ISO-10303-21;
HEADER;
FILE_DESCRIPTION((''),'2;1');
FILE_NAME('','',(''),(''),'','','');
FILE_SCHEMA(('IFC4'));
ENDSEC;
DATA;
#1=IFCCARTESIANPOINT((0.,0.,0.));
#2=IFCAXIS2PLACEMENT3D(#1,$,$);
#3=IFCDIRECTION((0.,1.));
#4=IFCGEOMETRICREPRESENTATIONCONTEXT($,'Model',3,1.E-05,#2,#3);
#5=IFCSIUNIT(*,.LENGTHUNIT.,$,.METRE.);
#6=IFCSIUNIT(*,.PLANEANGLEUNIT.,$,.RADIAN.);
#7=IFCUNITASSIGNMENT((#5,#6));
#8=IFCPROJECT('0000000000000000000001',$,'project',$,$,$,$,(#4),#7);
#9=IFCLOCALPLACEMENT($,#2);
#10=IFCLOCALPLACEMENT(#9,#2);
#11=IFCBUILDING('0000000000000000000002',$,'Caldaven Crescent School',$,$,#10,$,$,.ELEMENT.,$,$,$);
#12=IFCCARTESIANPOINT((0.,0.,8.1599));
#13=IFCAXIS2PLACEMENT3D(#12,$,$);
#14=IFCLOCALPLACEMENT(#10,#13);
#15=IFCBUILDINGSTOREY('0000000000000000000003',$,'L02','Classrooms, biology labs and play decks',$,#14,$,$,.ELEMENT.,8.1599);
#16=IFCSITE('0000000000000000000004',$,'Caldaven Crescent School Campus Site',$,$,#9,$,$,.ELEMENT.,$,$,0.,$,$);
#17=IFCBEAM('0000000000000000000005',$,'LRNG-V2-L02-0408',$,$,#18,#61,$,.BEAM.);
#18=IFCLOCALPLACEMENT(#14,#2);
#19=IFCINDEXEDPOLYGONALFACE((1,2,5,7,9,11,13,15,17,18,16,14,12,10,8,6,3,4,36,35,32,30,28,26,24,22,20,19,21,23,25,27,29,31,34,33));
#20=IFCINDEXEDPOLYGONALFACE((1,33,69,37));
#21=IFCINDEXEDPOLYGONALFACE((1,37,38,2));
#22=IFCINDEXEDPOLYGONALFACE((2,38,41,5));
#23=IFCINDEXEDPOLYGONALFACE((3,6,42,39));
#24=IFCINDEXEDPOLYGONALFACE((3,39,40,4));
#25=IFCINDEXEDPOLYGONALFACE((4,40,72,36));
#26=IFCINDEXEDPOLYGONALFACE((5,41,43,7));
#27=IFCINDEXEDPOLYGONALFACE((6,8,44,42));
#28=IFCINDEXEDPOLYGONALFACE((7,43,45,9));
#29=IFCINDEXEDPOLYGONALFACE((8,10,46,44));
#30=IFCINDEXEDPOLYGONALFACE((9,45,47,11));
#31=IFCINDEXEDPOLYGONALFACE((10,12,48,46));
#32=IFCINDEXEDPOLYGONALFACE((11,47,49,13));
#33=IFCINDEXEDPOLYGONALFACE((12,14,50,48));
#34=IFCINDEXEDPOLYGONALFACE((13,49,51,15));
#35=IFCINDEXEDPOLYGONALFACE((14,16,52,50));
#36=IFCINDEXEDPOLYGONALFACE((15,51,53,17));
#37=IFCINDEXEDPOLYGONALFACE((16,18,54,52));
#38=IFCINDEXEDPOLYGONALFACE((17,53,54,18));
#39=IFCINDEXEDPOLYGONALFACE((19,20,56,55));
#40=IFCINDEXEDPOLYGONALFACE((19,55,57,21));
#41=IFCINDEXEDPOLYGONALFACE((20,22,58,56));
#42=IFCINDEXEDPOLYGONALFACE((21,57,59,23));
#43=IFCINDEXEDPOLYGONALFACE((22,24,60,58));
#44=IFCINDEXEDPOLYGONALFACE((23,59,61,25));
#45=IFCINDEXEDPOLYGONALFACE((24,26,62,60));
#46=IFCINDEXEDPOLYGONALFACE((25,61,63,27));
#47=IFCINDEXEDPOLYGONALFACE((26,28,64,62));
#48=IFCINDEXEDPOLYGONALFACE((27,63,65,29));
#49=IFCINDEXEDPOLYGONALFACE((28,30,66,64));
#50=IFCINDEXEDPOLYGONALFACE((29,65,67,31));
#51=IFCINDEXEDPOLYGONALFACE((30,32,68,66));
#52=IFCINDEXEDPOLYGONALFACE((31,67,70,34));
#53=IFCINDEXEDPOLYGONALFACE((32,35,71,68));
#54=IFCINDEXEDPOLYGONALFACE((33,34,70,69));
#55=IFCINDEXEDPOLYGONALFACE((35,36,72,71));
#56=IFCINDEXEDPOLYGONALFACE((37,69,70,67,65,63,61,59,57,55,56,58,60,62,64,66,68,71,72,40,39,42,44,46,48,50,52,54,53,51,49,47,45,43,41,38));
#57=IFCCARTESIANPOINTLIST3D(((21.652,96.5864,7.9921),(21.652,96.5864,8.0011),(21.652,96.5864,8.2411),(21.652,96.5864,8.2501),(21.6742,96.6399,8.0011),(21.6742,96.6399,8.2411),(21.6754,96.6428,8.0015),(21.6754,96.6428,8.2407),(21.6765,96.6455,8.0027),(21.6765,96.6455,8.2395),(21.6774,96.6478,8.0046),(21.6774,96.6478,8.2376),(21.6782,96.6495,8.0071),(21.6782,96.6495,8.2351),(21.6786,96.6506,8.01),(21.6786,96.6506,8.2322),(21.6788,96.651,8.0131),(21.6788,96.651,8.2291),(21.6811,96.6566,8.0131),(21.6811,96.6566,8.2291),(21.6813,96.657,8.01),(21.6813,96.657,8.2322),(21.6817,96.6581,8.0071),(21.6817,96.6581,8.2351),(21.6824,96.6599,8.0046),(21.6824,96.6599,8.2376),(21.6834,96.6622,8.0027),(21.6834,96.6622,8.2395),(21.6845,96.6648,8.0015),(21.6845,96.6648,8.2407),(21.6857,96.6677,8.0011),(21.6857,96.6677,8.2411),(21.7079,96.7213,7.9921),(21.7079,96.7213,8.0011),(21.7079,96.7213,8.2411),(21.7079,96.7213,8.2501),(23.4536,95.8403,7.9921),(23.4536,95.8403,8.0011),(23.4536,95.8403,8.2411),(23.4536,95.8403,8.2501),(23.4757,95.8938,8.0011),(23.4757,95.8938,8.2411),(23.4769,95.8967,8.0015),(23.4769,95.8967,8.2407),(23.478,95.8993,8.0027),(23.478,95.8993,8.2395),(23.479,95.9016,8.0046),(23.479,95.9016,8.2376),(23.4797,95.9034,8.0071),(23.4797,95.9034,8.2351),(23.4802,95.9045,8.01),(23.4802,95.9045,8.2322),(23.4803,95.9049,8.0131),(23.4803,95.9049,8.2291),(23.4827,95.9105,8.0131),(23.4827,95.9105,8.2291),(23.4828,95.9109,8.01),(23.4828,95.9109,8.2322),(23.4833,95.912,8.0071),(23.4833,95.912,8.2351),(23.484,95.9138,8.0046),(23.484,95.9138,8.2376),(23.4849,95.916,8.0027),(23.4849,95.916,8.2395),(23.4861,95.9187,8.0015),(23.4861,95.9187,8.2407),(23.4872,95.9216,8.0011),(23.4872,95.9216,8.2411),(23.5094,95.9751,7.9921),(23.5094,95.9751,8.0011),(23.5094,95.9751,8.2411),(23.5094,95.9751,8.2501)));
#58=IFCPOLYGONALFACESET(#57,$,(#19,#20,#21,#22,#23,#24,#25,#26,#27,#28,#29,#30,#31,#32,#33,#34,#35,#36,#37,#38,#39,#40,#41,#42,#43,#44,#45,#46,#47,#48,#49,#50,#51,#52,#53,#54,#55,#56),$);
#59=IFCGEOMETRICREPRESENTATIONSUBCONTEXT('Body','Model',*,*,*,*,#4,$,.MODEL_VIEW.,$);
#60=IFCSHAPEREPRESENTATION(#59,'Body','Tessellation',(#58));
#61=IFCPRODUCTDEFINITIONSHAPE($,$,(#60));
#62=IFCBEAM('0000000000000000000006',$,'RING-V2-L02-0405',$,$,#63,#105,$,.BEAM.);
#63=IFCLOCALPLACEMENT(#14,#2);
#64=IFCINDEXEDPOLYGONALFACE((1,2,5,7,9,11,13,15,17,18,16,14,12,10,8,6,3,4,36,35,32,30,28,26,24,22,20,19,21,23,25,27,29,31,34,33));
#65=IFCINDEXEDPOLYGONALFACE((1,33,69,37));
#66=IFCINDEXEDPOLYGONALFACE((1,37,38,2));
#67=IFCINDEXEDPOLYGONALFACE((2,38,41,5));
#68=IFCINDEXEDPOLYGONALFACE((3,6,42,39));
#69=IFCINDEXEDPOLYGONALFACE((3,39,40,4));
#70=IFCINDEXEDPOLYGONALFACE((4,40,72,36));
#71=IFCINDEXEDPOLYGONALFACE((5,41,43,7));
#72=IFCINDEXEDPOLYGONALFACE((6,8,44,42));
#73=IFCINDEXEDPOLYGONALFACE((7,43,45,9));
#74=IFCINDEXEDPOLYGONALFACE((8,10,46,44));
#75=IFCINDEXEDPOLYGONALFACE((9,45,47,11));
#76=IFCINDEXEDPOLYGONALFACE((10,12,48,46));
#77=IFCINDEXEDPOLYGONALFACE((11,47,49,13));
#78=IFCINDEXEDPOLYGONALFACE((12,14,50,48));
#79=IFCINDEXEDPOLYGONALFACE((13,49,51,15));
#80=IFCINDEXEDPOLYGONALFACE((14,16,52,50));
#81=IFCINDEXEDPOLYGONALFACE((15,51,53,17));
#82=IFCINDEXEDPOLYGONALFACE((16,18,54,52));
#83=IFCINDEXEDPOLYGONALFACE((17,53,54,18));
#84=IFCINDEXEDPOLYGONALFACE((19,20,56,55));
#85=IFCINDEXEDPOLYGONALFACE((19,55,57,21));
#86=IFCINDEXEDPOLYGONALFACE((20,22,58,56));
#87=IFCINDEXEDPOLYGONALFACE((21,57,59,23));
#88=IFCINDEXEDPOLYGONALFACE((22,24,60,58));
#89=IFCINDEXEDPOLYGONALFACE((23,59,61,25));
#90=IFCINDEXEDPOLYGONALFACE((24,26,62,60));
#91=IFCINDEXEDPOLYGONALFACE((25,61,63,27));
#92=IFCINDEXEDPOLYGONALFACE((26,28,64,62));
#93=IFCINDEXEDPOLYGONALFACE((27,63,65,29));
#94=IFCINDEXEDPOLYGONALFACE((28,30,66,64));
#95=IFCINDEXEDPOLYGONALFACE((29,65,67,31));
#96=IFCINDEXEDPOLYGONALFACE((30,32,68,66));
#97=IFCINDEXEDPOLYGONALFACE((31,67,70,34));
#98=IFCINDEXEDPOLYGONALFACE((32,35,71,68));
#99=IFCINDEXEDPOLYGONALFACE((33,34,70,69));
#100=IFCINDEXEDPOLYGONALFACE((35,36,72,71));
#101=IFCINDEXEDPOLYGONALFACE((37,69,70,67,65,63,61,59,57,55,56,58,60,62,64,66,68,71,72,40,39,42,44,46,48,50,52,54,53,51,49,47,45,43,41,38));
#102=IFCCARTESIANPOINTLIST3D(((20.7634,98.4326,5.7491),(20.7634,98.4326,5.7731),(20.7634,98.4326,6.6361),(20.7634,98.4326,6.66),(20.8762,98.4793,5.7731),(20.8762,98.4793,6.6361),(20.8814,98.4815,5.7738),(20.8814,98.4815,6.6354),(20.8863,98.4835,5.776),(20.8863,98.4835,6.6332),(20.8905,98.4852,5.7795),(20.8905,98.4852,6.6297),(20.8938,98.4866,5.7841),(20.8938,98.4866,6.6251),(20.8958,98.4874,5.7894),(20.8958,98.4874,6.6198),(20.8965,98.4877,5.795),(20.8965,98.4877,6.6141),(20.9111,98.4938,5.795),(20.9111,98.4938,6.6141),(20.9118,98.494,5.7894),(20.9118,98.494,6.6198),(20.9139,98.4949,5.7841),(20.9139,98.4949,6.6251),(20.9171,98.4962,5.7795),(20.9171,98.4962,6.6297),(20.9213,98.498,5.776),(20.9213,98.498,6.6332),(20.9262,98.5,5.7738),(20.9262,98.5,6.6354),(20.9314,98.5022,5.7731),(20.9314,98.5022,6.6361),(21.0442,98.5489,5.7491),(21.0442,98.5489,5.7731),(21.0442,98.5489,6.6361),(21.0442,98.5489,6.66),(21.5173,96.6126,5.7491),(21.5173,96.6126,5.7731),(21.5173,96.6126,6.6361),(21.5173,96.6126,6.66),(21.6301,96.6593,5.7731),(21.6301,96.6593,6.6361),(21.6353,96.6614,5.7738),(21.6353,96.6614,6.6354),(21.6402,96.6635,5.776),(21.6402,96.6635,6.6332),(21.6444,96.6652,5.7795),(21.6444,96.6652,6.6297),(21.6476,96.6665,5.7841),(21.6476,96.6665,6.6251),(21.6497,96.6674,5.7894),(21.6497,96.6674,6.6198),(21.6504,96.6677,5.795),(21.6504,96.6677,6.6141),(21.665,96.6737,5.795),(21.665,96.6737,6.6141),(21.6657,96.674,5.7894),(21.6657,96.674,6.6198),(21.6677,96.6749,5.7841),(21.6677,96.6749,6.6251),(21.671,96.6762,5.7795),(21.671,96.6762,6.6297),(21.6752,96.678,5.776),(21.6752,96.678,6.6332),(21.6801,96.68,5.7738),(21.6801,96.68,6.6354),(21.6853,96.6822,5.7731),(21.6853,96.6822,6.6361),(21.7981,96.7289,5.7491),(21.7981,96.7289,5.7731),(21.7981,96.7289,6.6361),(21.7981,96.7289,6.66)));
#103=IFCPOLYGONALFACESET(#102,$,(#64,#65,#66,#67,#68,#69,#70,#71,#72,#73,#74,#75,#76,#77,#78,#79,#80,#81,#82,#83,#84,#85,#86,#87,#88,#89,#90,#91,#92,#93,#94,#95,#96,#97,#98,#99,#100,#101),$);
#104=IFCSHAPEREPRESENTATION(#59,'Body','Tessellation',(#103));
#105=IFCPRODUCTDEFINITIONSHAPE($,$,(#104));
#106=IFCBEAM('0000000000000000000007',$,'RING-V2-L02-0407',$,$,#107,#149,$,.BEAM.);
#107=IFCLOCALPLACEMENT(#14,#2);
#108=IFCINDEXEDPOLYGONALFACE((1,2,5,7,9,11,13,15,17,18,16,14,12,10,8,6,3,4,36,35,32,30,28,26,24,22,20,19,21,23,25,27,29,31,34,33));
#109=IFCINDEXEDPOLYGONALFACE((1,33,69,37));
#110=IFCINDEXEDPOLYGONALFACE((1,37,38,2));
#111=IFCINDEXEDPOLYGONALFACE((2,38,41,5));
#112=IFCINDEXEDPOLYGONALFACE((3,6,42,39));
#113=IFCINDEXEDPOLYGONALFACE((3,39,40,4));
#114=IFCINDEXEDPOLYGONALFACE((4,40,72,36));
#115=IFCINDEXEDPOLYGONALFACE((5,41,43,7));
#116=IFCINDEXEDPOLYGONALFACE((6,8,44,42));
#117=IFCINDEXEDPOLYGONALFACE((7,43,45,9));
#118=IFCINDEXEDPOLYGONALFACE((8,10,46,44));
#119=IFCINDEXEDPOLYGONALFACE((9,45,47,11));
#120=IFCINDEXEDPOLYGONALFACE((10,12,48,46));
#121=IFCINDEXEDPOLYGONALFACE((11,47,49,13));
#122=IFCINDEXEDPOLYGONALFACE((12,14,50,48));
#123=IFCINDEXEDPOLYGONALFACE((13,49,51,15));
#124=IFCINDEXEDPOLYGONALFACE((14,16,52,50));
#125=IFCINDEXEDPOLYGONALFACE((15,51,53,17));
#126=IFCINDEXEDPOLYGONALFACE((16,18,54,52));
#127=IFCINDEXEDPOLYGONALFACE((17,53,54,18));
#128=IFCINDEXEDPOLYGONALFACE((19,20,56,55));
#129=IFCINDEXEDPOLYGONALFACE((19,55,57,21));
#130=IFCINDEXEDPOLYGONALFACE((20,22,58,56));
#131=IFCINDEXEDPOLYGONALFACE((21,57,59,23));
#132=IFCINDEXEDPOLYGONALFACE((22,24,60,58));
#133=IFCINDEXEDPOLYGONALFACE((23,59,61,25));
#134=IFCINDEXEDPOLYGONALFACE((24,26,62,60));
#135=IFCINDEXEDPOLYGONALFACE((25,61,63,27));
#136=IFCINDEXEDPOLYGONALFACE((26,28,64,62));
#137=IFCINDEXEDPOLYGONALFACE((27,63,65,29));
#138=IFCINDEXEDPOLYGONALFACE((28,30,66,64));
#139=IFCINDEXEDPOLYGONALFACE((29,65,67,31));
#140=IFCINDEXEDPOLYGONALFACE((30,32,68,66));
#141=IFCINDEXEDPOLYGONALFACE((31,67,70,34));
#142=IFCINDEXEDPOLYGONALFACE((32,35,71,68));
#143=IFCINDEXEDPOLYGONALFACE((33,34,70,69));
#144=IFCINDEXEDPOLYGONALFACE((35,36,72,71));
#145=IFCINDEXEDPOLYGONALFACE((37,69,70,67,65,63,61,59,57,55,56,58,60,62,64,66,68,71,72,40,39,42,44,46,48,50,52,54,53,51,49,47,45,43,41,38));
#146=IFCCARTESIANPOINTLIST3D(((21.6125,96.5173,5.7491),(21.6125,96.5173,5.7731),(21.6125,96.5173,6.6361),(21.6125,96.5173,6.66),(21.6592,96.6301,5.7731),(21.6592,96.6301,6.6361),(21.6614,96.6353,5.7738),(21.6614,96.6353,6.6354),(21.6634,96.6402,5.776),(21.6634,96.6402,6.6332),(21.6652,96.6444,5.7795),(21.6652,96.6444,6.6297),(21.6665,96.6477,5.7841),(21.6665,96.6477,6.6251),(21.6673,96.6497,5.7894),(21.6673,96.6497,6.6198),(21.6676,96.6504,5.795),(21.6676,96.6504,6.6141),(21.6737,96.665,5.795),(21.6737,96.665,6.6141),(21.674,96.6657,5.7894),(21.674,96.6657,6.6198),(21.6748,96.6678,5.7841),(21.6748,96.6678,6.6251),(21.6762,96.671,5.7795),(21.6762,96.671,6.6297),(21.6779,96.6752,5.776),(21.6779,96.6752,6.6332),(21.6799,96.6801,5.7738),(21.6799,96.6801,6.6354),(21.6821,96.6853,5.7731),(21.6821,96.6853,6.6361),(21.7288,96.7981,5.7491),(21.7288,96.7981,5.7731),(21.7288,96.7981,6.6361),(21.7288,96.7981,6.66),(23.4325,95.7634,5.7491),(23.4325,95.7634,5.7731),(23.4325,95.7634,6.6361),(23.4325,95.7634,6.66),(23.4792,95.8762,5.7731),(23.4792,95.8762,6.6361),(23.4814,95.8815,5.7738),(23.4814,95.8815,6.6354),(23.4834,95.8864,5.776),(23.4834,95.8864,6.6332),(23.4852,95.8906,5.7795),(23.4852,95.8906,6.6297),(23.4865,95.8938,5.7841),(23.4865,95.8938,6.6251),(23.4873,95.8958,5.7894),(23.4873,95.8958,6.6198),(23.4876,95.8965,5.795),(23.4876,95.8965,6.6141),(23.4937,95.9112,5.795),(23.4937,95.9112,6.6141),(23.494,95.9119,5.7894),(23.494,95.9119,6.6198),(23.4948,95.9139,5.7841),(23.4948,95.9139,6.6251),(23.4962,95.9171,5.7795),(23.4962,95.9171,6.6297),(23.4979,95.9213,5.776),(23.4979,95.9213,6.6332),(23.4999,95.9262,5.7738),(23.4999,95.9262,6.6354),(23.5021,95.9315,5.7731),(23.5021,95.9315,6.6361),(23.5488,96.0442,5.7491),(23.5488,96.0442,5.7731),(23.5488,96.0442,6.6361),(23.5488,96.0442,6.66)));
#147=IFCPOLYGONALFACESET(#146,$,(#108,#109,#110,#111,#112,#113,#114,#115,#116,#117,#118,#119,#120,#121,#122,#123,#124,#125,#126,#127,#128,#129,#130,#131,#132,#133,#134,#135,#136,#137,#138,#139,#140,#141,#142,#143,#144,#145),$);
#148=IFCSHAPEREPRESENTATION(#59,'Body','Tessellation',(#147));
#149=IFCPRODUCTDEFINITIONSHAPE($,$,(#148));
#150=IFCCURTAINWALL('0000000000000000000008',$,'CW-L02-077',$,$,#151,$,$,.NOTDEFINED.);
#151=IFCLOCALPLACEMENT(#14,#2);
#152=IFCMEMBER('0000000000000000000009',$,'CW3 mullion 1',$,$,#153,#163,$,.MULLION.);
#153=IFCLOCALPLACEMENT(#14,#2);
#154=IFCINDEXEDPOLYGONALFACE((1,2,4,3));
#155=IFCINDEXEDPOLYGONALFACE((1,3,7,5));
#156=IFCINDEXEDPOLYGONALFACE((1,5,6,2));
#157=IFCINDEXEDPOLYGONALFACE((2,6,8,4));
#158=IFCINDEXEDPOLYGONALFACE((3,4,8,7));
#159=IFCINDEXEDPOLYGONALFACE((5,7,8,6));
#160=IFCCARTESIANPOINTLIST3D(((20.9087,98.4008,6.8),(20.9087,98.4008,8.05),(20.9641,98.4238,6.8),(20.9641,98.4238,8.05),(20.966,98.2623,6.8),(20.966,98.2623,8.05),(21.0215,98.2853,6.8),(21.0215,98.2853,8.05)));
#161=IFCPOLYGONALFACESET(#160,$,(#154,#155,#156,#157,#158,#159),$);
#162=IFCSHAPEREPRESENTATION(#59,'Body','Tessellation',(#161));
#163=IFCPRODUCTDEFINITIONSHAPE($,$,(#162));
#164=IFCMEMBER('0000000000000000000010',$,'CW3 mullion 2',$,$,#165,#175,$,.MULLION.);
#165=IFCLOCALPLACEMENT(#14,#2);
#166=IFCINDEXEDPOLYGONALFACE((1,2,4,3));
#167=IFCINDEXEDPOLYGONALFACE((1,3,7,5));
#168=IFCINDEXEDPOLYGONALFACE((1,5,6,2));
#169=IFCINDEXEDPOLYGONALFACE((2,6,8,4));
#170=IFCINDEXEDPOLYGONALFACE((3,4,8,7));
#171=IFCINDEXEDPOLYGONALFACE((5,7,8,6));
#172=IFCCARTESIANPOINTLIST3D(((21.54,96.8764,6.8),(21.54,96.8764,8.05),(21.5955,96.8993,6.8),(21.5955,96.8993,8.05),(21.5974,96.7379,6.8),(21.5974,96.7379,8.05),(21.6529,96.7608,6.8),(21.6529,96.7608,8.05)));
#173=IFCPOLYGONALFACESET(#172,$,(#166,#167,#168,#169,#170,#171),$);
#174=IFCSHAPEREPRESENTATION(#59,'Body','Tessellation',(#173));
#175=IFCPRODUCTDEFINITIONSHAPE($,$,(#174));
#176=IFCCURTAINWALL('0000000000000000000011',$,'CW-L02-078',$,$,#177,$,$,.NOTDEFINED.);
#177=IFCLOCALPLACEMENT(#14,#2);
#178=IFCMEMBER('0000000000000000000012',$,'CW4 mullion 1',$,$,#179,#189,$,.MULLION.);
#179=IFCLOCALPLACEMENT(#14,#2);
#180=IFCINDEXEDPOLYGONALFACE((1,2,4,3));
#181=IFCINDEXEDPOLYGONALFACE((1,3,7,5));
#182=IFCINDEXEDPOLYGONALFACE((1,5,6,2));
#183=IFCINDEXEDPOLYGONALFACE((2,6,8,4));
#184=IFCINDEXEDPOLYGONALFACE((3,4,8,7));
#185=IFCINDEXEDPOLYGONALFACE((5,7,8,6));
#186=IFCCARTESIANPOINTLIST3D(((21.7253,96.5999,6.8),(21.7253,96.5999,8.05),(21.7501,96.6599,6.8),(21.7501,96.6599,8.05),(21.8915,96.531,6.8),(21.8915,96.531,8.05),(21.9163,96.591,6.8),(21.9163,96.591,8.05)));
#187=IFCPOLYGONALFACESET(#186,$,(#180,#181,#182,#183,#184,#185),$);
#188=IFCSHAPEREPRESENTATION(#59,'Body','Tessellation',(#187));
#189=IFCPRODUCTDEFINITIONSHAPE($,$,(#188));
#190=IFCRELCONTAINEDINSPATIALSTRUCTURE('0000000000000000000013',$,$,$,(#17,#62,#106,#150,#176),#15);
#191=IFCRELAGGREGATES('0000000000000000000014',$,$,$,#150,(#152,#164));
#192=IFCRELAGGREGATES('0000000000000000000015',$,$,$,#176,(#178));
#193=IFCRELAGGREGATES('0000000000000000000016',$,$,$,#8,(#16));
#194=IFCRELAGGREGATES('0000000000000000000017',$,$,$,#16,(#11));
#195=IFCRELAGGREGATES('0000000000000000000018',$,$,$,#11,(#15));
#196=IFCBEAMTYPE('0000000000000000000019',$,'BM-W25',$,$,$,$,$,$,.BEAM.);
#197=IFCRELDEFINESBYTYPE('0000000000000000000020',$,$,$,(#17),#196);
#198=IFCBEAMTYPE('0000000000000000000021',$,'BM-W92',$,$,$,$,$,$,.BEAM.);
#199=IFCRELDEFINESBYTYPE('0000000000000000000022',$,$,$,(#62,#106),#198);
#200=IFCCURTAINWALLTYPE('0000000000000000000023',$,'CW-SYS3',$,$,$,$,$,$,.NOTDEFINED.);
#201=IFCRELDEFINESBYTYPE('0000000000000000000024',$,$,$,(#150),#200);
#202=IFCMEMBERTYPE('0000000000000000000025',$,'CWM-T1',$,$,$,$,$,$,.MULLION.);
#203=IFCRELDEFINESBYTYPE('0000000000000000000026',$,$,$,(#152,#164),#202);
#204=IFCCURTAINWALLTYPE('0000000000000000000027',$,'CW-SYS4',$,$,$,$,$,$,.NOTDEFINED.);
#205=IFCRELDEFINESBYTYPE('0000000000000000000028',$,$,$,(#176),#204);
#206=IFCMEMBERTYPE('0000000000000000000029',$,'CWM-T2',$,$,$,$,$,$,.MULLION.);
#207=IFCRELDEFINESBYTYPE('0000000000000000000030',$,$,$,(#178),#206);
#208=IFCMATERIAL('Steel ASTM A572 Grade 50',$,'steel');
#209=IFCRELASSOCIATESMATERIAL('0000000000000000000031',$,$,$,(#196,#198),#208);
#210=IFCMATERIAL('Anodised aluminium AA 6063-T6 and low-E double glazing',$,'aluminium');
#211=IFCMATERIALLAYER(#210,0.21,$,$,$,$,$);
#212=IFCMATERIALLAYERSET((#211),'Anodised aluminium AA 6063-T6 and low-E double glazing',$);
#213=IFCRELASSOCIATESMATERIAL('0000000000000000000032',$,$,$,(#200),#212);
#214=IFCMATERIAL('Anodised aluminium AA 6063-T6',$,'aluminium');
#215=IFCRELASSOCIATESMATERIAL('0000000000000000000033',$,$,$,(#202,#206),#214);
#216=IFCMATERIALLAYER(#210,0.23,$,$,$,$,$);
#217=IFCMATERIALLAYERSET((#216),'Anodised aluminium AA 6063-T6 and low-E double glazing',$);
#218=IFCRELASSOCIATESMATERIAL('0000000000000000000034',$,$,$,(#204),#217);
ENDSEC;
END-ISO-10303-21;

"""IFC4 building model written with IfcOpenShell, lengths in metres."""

from ifc_helpers import new_model, si_unit, direction, frame, origin, origin_2d, place, context, subcontext, project, spatial, rectangle, i_section, extrude, material, layer, layer_set, material_profile, profile_set, type_object, element, aggregate, save


model = new_model("IFC4")

# Units and contexts
model_context = context("Model", 3, precision=1e-05, world=origin(), true_north=direction((0.0, 1.0)))
body_context = subcontext(model_context, "Body", "Model", "MODEL_VIEW")
ifc_project = project(units=[si_unit("LENGTHUNIT", "METRE"), si_unit("PLANEANGLEUNIT", "RADIAN")], contexts=[model_context])

# Site, building, storey
site_placement = place(None, origin())
site = spatial("IfcSite", under=ifc_project, at=site_placement, Name="Caldaven Crescent School Campus Site", CompositionType="ELEMENT", RefElevation=0.0)
building_placement = place(site_placement, origin())
building = spatial("IfcBuilding", under=site, at=building_placement, Name="Caldaven Crescent School", CompositionType="ELEMENT")
storey_placement = place(building_placement, frame((0.0, 0.0, 8.1599)))
storey = spatial("IfcBuildingStorey", under=building, at=storey_placement, Name="L02", Description="Classrooms, biology labs and play decks", CompositionType="ELEMENT", Elevation=8.1599)

# Shared definitions
ifc_material_1 = material(Name="Steel ASTM A572 Grade 50", Category="steel")

# Beams
ifc_material_profile_1 = material_profile(ifc_material_1, i_section(OverallWidth=0.146, OverallDepth=0.2581, WebThickness=0.0061, FlangeThickness=0.009, FilletRadius=0.012, at=origin_2d()), Name="W250x33")
ifc_profile_set_1 = profile_set([ifc_material_profile_1], Name="Steel ASTM A572 Grade 50")
beam_type_1 = type_object("IfcBeamType", Name="BM-W25", PredefinedType="BEAM", material=ifc_profile_set_1)
for number, where, z_axis, x_axis, name in (
    (1, (21.6799, 96.6538, 8.1211), (0.923901, -0.382632, 0.0), (0.382632, 0.923901, 0.0), "LRNG-V2-L02-0408"),
):
    element("IfcBeam", number, at=place(storey_placement, frame(where, z_axis=z_axis, x_axis=x_axis)), inside=storey, type_object=beam_type_1, Name=name, PredefinedType="BEAM", context=body_context, shape_type="SweptSolid", body=[
        extrude(i_section(OverallWidth=0.146, OverallDepth=0.2581, WebThickness=0.0061, FlangeThickness=0.009, FilletRadius=0.012, at=origin_2d()), origin(), (0.0, 0.0, 1.0), 1.95),
    ])
ifc_material_profile_2 = material_profile(ifc_material_1, i_section(OverallWidth=0.304, OverallDepth=0.9109, WebThickness=0.0159, FlangeThickness=0.0239, FilletRadius=0.022, at=origin_2d()), Name="W920x223")
ifc_profile_set_2 = profile_set([ifc_material_profile_2], Name="Steel ASTM A572 Grade 50")
beam_type_2 = type_object("IfcBeamType", Name="BM-W92", PredefinedType="BEAM", material=ifc_profile_set_2)
for number, where, z_axis, x_axis, name in (
    (2, (20.9038, 98.4907, 6.2046), (0.382687, -0.923878, 0.0), (0.923878, 0.382687, 0.0), "RING-V2-L02-0405"),
    (3, (21.6707, 96.6577, 6.2046), (0.923878, -0.382687, 0.0), (0.382687, 0.923878, 0.0), "RING-V2-L02-0407"),
):
    element("IfcBeam", number, at=place(storey_placement, frame(where, z_axis=z_axis, x_axis=x_axis)), inside=storey, type_object=beam_type_2, Name=name, PredefinedType="BEAM", context=body_context, shape_type="SweptSolid", body=[
        extrude(i_section(OverallWidth=0.304, OverallDepth=0.9109, WebThickness=0.0159, FlangeThickness=0.0239, FilletRadius=0.022, at=origin_2d()), origin(), (0.0, 0.0, 1.0), 1.97),
    ])

# Curtain walls, members
ifc_material_2 = material(Name="Anodised aluminium AA 6063-T6 and low-E double glazing", Category="aluminium")
ifc_layer_1 = layer(ifc_material_2, 0.21)
ifc_layer_set_1 = layer_set([ifc_layer_1], Name="Anodised aluminium AA 6063-T6 and low-E double glazing")
curtain_wall_type_1 = type_object("IfcCurtainWallType", Name="CW-SYS3", PredefinedType="NOTDEFINED", material=ifc_layer_set_1)
curtain_wall_1_placement = place(storey_placement, origin())
curtain_wall_1 = element("IfcCurtainWall", 4, at=curtain_wall_1_placement, inside=storey, type_object=curtain_wall_type_1, Name="CW-L02-077", PredefinedType="NOTDEFINED")
ifc_material_3 = material(Name="Anodised aluminium AA 6063-T6", Category="aluminium")
ifc_material_profile_3 = material_profile(ifc_material_3, rectangle(XDim=0.0601, YDim=0.1499, at=origin_2d()), Name="CWM 60x150")
ifc_profile_set_3 = profile_set([ifc_material_profile_3], Name="Anodised aluminium AA 6063-T6")
member_type_1 = type_object("IfcMemberType", Name="CWM-T1", PredefinedType="MULLION", material=ifc_profile_set_3)
member_1_placement = place(storey_placement, frame((20.9651, 98.343, 6.8), z_axis=(0.0, 0.0, 1.0), x_axis=(0.92388, 0.382683, 0.0)))
member_1 = element("IfcMember", 5, at=member_1_placement, type_object=member_type_1, Name="CW3 mullion 1", PredefinedType="MULLION", context=body_context, shape_type="SweptSolid", body=[
    extrude(rectangle(XDim=0.0601, YDim=0.1499, at=origin_2d()), origin(), (0.0, 0.0, 1.0), 1.25),
])
member_2_placement = place(storey_placement, frame((21.5964, 96.8186, 6.8), z_axis=(0.0, 0.0, 1.0), x_axis=(0.92388, 0.382683, 0.0)))
member_2 = element("IfcMember", 6, at=member_2_placement, type_object=member_type_1, Name="CW3 mullion 2", PredefinedType="MULLION", context=body_context, shape_type="SweptSolid", body=[
    extrude(rectangle(XDim=0.0601, YDim=0.1499, at=origin_2d()), origin(), (0.0, 0.0, 1.0), 1.25),
])
ifc_layer_2 = layer(ifc_material_2, 0.23)
ifc_layer_set_2 = layer_set([ifc_layer_2], Name="Anodised aluminium AA 6063-T6 and low-E double glazing")
curtain_wall_type_2 = type_object("IfcCurtainWallType", Name="CW-SYS4", PredefinedType="NOTDEFINED", material=ifc_layer_set_2)
curtain_wall_2_placement = place(storey_placement, origin())
curtain_wall_2 = element("IfcCurtainWall", 7, at=curtain_wall_2_placement, inside=storey, type_object=curtain_wall_type_2, Name="CW-L02-078", PredefinedType="NOTDEFINED")
ifc_material_profile_4 = material_profile(ifc_material_3, rectangle(XDim=0.0649, YDim=0.1799, at=origin_2d()), Name="CWM 65x180")
ifc_profile_set_4 = profile_set([ifc_material_profile_4], Name="Anodised aluminium AA 6063-T6")
member_type_2 = type_object("IfcMemberType", Name="CWM-T2", PredefinedType="MULLION", material=ifc_profile_set_4)
member_3_placement = place(storey_placement, frame((21.8208, 96.5955, 6.8), z_axis=(0.0, 0.0, 1.0), x_axis=(0.382683, 0.92388, 0.0)))
member_3 = element("IfcMember", 8, at=member_3_placement, type_object=member_type_2, Name="CW4 mullion 1", PredefinedType="MULLION", context=body_context, shape_type="SweptSolid", body=[
    extrude(rectangle(XDim=0.0649, YDim=0.1799, at=origin_2d()), origin(), (0.0, 0.0, 1.0), 1.25),
])

aggregate(curtain_wall_1, [member_1, member_2])
aggregate(curtain_wall_2, [member_3])

save(model, "model.ifc")
